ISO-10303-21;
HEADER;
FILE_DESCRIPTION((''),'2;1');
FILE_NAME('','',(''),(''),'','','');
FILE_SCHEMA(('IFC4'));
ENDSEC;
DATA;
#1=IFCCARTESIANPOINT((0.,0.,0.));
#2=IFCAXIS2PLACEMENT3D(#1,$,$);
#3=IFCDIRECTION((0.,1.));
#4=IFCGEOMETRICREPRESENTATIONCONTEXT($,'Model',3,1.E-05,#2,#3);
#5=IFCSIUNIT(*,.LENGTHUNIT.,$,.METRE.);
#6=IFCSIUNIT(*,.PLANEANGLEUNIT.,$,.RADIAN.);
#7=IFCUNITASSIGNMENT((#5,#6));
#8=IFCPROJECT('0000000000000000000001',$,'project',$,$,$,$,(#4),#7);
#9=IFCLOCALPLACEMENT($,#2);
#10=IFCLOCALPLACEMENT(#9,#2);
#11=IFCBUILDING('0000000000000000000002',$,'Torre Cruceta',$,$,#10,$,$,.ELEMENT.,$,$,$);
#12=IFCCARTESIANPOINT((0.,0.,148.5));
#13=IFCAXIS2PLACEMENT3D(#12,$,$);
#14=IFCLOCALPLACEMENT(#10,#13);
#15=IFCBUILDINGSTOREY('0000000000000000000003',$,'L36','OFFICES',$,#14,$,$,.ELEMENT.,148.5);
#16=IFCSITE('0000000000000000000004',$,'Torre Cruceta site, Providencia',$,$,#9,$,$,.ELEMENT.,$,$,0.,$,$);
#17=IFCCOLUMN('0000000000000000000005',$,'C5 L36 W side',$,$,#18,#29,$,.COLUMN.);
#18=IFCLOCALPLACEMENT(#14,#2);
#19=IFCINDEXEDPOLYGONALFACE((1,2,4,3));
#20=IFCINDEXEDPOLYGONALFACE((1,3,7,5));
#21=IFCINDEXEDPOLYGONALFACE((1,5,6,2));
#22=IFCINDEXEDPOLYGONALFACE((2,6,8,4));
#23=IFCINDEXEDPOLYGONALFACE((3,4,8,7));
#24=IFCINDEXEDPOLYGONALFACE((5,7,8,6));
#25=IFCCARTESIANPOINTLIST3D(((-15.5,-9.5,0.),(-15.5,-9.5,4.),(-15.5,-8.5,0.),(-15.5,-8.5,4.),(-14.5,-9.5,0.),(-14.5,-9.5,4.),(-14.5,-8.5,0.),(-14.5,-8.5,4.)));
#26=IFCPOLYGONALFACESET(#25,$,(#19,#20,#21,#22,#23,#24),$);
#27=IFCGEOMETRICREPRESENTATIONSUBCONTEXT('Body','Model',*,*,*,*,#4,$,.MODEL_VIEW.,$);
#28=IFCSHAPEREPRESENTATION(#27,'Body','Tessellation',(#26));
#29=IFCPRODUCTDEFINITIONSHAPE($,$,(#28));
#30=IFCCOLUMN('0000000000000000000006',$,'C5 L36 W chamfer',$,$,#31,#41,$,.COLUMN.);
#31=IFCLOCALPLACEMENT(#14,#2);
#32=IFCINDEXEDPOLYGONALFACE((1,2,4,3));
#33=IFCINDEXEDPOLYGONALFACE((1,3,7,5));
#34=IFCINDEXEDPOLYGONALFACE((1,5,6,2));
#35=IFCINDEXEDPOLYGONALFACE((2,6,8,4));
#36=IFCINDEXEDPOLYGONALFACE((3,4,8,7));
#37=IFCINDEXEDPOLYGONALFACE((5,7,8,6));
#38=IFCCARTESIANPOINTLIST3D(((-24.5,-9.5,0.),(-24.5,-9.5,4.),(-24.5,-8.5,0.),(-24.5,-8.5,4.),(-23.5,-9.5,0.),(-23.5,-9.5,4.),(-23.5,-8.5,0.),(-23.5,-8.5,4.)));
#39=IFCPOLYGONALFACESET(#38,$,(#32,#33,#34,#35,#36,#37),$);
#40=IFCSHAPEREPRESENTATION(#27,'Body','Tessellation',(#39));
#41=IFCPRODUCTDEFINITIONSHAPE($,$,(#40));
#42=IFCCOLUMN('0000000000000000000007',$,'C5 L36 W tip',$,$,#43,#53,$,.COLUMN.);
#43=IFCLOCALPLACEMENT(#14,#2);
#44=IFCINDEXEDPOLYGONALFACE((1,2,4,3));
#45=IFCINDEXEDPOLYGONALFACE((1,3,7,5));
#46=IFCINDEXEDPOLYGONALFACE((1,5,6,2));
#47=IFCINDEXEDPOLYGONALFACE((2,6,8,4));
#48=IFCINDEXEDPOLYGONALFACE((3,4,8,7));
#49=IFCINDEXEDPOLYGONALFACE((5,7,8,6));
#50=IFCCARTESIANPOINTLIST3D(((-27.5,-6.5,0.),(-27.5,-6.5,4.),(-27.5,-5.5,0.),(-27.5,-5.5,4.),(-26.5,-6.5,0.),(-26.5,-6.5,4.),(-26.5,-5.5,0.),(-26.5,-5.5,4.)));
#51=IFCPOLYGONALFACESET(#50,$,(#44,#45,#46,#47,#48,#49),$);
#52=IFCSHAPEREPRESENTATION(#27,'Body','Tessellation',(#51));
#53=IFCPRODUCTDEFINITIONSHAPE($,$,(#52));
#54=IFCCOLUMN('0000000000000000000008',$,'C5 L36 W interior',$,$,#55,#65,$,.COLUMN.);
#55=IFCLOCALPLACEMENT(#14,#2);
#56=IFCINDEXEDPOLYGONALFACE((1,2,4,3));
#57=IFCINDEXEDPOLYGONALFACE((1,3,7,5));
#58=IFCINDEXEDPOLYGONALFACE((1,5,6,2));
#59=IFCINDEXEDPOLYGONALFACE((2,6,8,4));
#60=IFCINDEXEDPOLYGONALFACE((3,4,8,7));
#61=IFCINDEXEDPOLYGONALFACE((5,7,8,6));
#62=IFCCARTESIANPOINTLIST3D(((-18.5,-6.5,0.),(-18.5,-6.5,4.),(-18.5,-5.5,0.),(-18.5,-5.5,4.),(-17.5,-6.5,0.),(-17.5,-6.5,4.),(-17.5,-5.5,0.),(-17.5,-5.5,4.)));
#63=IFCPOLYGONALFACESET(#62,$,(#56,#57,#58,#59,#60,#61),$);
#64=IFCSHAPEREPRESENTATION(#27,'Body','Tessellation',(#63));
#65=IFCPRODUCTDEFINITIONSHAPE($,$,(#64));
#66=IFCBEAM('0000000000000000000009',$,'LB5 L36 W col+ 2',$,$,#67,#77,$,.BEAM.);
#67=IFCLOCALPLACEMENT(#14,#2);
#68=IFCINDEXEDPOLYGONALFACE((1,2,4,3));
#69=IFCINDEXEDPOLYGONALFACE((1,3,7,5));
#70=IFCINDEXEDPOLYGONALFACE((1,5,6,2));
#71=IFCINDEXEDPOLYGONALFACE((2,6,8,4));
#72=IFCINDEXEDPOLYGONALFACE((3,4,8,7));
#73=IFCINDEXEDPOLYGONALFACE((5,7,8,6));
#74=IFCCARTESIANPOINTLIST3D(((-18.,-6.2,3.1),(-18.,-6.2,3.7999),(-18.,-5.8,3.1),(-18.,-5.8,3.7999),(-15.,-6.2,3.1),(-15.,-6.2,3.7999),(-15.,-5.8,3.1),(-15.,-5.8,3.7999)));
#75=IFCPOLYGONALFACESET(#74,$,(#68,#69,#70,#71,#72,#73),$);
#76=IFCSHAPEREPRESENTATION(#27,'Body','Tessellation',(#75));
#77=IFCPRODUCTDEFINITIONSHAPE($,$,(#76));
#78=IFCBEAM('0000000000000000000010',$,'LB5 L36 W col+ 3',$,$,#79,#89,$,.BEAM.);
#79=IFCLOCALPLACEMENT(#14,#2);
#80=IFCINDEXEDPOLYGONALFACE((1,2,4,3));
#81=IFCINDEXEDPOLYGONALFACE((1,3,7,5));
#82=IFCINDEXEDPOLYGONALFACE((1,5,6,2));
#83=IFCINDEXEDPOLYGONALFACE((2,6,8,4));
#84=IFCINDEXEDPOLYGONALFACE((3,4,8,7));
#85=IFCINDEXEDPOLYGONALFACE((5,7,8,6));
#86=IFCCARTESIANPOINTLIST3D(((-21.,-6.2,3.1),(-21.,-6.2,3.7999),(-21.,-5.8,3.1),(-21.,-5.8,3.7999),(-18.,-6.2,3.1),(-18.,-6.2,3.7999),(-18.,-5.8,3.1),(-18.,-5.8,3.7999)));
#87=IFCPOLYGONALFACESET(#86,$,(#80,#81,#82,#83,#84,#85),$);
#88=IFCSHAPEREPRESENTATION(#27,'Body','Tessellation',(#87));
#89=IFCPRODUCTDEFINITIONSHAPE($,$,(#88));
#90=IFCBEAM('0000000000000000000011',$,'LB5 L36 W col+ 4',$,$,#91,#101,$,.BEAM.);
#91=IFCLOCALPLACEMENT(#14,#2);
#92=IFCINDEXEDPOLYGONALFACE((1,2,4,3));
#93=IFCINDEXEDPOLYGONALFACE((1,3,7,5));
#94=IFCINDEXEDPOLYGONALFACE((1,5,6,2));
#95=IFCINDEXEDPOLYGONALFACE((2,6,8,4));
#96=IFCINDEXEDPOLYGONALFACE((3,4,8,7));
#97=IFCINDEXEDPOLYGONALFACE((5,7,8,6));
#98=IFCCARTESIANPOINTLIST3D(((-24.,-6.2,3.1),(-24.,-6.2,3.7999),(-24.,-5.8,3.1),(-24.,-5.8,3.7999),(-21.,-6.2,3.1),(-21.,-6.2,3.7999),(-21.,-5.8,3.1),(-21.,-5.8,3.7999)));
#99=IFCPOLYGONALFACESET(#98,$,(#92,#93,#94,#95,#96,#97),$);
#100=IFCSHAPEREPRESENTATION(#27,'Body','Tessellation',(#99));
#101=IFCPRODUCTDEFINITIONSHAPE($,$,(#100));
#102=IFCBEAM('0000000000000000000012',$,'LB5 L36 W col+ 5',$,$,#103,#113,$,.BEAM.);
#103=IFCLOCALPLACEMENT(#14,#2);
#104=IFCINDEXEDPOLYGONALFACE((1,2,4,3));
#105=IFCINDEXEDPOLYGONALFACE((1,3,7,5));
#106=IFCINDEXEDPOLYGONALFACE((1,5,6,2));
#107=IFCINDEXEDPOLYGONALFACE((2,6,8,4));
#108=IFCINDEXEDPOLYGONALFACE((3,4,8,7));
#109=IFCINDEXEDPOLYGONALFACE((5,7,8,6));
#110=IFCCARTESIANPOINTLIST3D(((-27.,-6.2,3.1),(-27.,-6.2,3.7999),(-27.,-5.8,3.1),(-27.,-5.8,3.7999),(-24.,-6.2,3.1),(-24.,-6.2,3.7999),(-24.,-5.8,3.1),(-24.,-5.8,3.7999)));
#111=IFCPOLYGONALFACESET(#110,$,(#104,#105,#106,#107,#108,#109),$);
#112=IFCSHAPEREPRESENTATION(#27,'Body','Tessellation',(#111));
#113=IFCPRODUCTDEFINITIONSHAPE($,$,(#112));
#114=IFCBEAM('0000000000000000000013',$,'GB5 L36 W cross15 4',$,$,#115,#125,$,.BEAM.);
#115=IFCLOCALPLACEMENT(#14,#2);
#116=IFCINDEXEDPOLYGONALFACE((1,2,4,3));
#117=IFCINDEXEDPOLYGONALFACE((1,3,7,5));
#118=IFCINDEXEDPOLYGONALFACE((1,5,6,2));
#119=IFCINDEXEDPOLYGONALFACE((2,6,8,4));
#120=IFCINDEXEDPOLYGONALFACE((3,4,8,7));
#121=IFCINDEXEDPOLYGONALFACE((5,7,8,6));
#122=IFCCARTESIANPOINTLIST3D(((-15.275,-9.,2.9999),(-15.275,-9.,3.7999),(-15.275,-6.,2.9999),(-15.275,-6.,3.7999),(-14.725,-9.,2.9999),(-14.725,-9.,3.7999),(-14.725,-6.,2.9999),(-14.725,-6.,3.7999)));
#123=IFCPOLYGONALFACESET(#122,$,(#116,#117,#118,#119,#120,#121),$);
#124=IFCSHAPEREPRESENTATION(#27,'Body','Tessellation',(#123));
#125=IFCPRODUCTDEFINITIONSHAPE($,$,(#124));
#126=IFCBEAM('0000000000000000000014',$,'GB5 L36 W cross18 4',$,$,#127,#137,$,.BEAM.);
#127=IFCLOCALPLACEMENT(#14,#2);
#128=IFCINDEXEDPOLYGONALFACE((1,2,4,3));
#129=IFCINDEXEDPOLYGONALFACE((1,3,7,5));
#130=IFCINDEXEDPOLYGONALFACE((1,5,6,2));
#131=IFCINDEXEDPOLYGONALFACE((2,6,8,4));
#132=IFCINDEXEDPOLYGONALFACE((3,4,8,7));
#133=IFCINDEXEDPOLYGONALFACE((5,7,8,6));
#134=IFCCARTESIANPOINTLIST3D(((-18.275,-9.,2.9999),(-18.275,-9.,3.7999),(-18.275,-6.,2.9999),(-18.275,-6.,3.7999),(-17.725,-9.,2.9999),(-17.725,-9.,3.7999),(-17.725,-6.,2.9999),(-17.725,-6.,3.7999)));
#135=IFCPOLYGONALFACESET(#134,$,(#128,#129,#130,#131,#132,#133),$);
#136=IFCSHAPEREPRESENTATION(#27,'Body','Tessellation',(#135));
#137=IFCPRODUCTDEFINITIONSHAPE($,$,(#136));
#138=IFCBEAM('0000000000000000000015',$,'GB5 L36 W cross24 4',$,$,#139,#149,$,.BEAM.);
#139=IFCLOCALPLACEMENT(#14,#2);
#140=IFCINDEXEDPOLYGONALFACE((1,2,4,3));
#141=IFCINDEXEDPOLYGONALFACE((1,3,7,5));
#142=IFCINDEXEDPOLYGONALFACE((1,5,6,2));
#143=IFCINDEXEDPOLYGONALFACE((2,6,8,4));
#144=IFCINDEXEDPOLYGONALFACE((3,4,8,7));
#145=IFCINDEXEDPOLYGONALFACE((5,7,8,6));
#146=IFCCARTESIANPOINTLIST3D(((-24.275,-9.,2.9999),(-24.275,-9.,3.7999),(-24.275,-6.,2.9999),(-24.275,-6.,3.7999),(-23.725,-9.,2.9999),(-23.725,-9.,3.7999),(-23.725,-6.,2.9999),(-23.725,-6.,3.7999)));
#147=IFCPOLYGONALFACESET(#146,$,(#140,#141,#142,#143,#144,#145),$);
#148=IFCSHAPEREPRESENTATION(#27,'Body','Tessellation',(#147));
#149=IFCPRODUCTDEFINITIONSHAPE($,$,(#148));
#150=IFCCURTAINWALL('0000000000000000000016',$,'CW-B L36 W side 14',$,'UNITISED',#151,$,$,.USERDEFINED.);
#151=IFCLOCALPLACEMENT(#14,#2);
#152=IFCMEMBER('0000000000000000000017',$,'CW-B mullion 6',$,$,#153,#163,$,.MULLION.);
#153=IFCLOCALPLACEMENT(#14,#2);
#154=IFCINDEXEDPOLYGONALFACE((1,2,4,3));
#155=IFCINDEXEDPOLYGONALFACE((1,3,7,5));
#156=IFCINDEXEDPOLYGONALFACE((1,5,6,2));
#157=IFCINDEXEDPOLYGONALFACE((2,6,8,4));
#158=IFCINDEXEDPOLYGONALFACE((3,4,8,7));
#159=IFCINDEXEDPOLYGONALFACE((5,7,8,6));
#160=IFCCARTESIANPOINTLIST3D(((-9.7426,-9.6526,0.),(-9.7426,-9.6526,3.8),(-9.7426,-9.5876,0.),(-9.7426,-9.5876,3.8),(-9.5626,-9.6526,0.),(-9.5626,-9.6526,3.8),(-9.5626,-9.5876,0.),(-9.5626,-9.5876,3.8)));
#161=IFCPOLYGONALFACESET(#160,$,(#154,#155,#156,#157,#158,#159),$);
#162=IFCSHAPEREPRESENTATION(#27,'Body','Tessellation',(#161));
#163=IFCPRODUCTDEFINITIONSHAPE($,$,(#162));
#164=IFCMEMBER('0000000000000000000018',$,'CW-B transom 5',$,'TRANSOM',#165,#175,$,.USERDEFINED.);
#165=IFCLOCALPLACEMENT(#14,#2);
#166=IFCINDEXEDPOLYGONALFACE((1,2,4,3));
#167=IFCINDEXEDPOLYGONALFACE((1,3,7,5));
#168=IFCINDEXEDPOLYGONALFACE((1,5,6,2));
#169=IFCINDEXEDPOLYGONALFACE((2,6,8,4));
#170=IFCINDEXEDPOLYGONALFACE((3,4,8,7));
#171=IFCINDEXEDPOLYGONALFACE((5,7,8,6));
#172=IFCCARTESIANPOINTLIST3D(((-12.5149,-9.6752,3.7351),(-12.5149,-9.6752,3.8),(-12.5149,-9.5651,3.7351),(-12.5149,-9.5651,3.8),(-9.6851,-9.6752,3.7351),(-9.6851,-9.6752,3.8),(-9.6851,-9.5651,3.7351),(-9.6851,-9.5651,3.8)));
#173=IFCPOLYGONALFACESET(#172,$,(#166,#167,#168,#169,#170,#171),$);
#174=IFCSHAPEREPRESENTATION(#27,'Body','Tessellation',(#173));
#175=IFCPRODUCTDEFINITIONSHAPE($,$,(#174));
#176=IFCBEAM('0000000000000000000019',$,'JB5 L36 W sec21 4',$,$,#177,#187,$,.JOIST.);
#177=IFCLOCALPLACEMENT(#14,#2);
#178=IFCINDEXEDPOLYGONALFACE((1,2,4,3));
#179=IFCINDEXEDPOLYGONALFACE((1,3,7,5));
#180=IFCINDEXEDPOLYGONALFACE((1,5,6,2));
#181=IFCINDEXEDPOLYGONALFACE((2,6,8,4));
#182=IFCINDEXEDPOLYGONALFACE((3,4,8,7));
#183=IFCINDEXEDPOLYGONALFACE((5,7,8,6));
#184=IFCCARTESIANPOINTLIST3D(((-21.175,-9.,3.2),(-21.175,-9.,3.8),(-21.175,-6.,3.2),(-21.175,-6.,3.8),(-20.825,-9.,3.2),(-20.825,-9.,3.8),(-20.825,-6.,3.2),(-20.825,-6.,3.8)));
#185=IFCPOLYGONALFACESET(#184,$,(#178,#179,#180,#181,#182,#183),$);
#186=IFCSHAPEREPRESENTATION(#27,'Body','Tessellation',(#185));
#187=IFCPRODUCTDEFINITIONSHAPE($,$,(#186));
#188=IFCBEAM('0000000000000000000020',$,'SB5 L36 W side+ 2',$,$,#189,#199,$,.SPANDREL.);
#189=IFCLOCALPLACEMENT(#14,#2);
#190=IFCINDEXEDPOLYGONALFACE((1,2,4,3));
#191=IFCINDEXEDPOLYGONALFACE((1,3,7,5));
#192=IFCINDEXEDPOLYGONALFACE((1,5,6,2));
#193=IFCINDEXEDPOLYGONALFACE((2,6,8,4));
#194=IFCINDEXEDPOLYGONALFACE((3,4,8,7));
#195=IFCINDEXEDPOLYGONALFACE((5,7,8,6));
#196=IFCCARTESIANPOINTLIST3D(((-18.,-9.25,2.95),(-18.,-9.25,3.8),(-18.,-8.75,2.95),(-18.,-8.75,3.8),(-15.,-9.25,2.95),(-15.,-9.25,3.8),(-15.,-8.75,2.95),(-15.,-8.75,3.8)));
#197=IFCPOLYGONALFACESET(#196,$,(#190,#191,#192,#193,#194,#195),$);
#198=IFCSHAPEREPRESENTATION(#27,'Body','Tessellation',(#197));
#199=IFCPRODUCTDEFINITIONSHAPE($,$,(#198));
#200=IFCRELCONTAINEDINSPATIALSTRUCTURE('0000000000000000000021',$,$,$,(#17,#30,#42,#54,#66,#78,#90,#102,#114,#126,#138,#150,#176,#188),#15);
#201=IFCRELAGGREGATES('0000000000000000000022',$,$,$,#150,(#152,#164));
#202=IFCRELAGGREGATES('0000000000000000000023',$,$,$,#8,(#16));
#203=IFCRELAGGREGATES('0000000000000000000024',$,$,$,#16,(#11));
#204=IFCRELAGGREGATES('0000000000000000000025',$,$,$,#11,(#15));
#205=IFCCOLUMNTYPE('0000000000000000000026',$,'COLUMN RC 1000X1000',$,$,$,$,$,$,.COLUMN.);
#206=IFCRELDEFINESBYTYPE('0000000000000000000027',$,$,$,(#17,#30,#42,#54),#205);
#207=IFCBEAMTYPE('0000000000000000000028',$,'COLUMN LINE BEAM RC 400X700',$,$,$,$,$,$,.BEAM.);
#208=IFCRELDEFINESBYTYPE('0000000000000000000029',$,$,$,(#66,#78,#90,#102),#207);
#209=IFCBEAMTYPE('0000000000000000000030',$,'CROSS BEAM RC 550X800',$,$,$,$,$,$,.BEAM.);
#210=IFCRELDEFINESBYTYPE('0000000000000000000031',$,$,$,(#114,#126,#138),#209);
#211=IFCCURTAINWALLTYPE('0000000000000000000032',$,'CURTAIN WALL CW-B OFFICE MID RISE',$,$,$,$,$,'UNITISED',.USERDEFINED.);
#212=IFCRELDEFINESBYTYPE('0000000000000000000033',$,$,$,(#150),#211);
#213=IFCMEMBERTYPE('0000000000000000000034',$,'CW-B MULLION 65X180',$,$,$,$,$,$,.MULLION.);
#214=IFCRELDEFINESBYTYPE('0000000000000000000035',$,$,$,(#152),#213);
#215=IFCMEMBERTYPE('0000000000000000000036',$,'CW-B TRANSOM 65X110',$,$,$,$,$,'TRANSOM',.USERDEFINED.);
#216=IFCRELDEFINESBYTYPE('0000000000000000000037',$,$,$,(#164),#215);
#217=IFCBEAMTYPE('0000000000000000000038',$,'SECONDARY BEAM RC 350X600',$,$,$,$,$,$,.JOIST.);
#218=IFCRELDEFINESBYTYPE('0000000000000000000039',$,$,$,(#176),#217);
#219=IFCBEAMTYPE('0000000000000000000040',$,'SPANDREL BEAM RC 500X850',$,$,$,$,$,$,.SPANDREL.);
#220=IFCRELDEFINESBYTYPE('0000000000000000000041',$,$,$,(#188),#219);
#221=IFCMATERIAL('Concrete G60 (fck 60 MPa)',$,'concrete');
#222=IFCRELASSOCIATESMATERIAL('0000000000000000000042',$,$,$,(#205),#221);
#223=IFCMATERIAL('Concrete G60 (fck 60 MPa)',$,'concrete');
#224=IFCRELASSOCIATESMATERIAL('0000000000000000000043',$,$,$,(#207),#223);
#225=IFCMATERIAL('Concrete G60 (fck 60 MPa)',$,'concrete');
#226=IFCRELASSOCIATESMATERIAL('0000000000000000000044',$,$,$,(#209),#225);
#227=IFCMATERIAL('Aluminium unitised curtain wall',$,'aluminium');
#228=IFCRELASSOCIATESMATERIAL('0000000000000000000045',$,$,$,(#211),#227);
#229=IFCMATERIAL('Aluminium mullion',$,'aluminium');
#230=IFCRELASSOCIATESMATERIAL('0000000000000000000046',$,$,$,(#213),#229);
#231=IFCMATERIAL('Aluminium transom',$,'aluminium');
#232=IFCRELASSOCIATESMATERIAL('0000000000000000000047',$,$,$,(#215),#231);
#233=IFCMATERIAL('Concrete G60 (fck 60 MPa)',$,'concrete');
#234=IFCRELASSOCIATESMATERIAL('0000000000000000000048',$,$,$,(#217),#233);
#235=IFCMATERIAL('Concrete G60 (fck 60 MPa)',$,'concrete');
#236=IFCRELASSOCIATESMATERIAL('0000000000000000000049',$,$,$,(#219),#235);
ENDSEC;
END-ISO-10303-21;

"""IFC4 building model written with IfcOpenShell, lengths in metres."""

from ifc_helpers import new_model, si_unit, direction, frame, origin, origin_2d, place, context, subcontext, project, spatial, rectangle, extrude, material, material_profile, profile_set, type_object, element, aggregate, save


model = new_model("IFC4")

# Units and contexts
model_context = context("Model", 3, precision=1e-05, world=origin(), true_north=direction((0.0, 1.0)))
body_context = subcontext(model_context, "Body", "Model", "MODEL_VIEW")
ifc_project = project(units=[si_unit("LENGTHUNIT", "METRE"), si_unit("PLANEANGLEUNIT", "RADIAN")], contexts=[model_context])

# Site, building, storey
site_placement = place(None, origin())
site = spatial("IfcSite", under=ifc_project, at=site_placement, Name="Torre Cruceta site, Providencia", CompositionType="ELEMENT", RefElevation=0.0)
building_placement = place(site_placement, origin())
building = spatial("IfcBuilding", under=site, at=building_placement, Name="Torre Cruceta", CompositionType="ELEMENT")
storey_placement = place(building_placement, frame((0.0, 0.0, 148.5)))
storey = spatial("IfcBuildingStorey", under=building, at=storey_placement, Name="L36", Description="OFFICES", CompositionType="ELEMENT", Elevation=148.5)

# Columns
ifc_material_1 = material(Name="Concrete G60 (fck 60 MPa)", Category="concrete")
ifc_material_profile_1 = material_profile(ifc_material_1, rectangle(XDim=1.0, YDim=1.0, at=origin_2d()), Name="RC 1000X1000")
ifc_profile_set_1 = profile_set([ifc_material_profile_1], Name="Concrete G60 (fck 60 MPa)")
column_type = type_object("IfcColumnType", Name="COLUMN RC 1000X1000", PredefinedType="COLUMN", material=ifc_profile_set_1)
for number, where, z_axis, x_axis, name in (
    (1, (-15.0, -9.0, 0.0), (0.0, 0.0, 1.0), (1.0, 0.0, 0.0), "C5 L36 W side"),
    (2, (-24.0, -9.0, 0.0), (0.0, 0.0, 1.0), (1.0, 0.0, 0.0), "C5 L36 W chamfer"),
    (3, (-27.0, -6.0, 0.0), (0.0, 0.0, 1.0), (1.0, 0.0, 0.0), "C5 L36 W tip"),
    (4, (-18.0, -6.0, 0.0), (0.0, 0.0, 1.0), (1.0, 0.0, 0.0), "C5 L36 W interior"),
):
    element("IfcColumn", number, at=place(storey_placement, frame(where, z_axis=z_axis, x_axis=x_axis)), inside=storey, type_object=column_type, Name=name, PredefinedType="COLUMN", context=body_context, shape_type="SweptSolid", body=[
        extrude(rectangle(XDim=1.0, YDim=1.0, at=origin_2d()), origin(), (0.0, 0.0, 1.0), 4.0),
    ])

# Beams
ifc_material_2 = material(Name="Concrete G60 (fck 60 MPa)", Category="concrete")
ifc_material_profile_2 = material_profile(ifc_material_2, rectangle(XDim=0.3999, YDim=0.7, at=origin_2d()), Name="RC 400X700")
ifc_profile_set_2 = profile_set([ifc_material_profile_2], Name="Concrete G60 (fck 60 MPa)")
beam_type_1 = type_object("IfcBeamType", Name="COLUMN LINE BEAM RC 400X700", PredefinedType="BEAM", material=ifc_profile_set_2)
for number, where, z_axis, x_axis, name in (
    (5, (-15.0, -6.0, 3.45), (-1.0, 0.0, 0.0), (0.0, -1.0, 0.0), "LB5 L36 W col+ 2"),
    (6, (-18.0, -6.0, 3.45), (-1.0, 0.0, 0.0), (0.0, -1.0, 0.0), "LB5 L36 W col+ 3"),
    (7, (-21.0, -6.0, 3.45), (-1.0, 0.0, 0.0), (0.0, -1.0, 0.0), "LB5 L36 W col+ 4"),
    (8, (-24.0, -6.0, 3.45), (-1.0, 0.0, 0.0), (0.0, -1.0, 0.0), "LB5 L36 W col+ 5"),
):
    element("IfcBeam", number, at=place(storey_placement, frame(where, z_axis=z_axis, x_axis=x_axis)), inside=storey, type_object=beam_type_1, Name=name, PredefinedType="BEAM", context=body_context, shape_type="SweptSolid", body=[
        extrude(rectangle(XDim=0.3999, YDim=0.7, at=origin_2d()), origin(), (0.0, 0.0, 1.0), 3.0),
    ])
ifc_material_3 = material(Name="Concrete G60 (fck 60 MPa)", Category="concrete")
ifc_material_profile_3 = material_profile(ifc_material_3, rectangle(XDim=0.55, YDim=0.8, at=origin_2d()), Name="RC 550X800")
ifc_profile_set_3 = profile_set([ifc_material_profile_3], Name="Concrete G60 (fck 60 MPa)")
beam_type_2 = type_object("IfcBeamType", Name="CROSS BEAM RC 550X800", PredefinedType="BEAM", material=ifc_profile_set_3)
for number, where, z_axis, x_axis, name in (
    (9, (-15.0, -6.0, 3.3999), (0.0, -1.0, 0.0), (1.0, 0.0, 0.0), "GB5 L36 W cross15 4"),
    (10, (-18.0, -6.0, 3.3999), (0.0, -1.0, 0.0), (1.0, 0.0, 0.0), "GB5 L36 W cross18 4"),
    (11, (-24.0, -6.0, 3.3999), (0.0, -1.0, 0.0), (1.0, 0.0, 0.0), "GB5 L36 W cross24 4"),
):
    element("IfcBeam", number, at=place(storey_placement, frame(where, z_axis=z_axis, x_axis=x_axis)), inside=storey, type_object=beam_type_2, Name=name, PredefinedType="BEAM", context=body_context, shape_type="SweptSolid", body=[
        extrude(rectangle(XDim=0.55, YDim=0.8, at=origin_2d()), origin(), (0.0, 0.0, 1.0), 3.0),
    ])

# Curtain wall, members
ifc_material_4 = material(Name="Aluminium unitised curtain wall", Category="aluminium")
curtain_wall_type = type_object("IfcCurtainWallType", Name="CURTAIN WALL CW-B OFFICE MID RISE", ElementType="UNITISED", PredefinedType="USERDEFINED", material=ifc_material_4)
curtain_wall_placement = place(storey_placement, origin())
curtain_wall = element("IfcCurtainWall", 12, at=curtain_wall_placement, inside=storey, type_object=curtain_wall_type, Name="CW-B L36 W side 14", ObjectType="UNITISED", PredefinedType="USERDEFINED")
ifc_material_5 = material(Name="Aluminium mullion", Category="aluminium")
ifc_material_profile_4 = material_profile(ifc_material_5, rectangle(XDim=0.0649, YDim=0.1799, at=origin_2d()), Name="AL 65X180")
ifc_profile_set_4 = profile_set([ifc_material_profile_4], Name="Aluminium mullion")
member_type_1 = type_object("IfcMemberType", Name="CW-B MULLION 65X180", PredefinedType="MULLION", material=ifc_profile_set_4)
member_1_placement = place(storey_placement, frame((-9.6526, -9.6201, 0.0), z_axis=(0.0, 0.0, 1.0), x_axis=(0.0, 1.0, 0.0)))
member_1 = element("IfcMember", 13, at=member_1_placement, type_object=member_type_1, Name="CW-B mullion 6", PredefinedType="MULLION", context=body_context, shape_type="SweptSolid", body=[
    extrude(rectangle(XDim=0.0649, YDim=0.1799, at=origin_2d()), origin(), (0.0, 0.0, 1.0), 3.8),
])
ifc_material_6 = material(Name="Aluminium transom", Category="aluminium")
ifc_material_profile_5 = material_profile(ifc_material_6, rectangle(XDim=0.1101, YDim=0.0649, at=origin_2d()), Name="AL 110X65")
ifc_profile_set_5 = profile_set([ifc_material_profile_5], Name="Aluminium transom")
member_type_2 = type_object("IfcMemberType", Name="CW-B TRANSOM 65X110", ElementType="TRANSOM", PredefinedType="USERDEFINED", material=ifc_profile_set_5)
member_2_placement = place(storey_placement, frame((-12.5149, -9.6201, 3.7676), z_axis=(1.0, 0.0, 0.0), x_axis=(0.0, 1.0, 0.0)))
member_2 = element("IfcMember", 14, at=member_2_placement, type_object=member_type_2, Name="CW-B transom 5", ObjectType="TRANSOM", PredefinedType="USERDEFINED", context=body_context, shape_type="SweptSolid", body=[
    extrude(rectangle(XDim=0.1101, YDim=0.0649, at=origin_2d()), origin(), (0.0, 0.0, 1.0), 2.8298),
])

# Beams
ifc_material_7 = material(Name="Concrete G60 (fck 60 MPa)", Category="concrete")
ifc_material_profile_6 = material_profile(ifc_material_7, rectangle(XDim=0.3501, YDim=0.6001, at=origin_2d()), Name="RC 350X600")
ifc_profile_set_6 = profile_set([ifc_material_profile_6], Name="Concrete G60 (fck 60 MPa)")
beam_type_3 = type_object("IfcBeamType", Name="SECONDARY BEAM RC 350X600", PredefinedType="JOIST", material=ifc_profile_set_6)
beam_1_placement = place(storey_placement, frame((-21.0, -6.0, 3.5), z_axis=(0.0, -1.0, 0.0), x_axis=(1.0, 0.0, 0.0)))
element("IfcBeam", 15, at=beam_1_placement, inside=storey, type_object=beam_type_3, Name="JB5 L36 W sec21 4", PredefinedType="JOIST", context=body_context, shape_type="SweptSolid", body=[
    extrude(rectangle(XDim=0.3501, YDim=0.6001, at=origin_2d()), origin(), (0.0, 0.0, 1.0), 3.0),
])
ifc_material_8 = material(Name="Concrete G60 (fck 60 MPa)", Category="concrete")
ifc_material_profile_7 = material_profile(ifc_material_8, rectangle(XDim=0.5, YDim=0.8501, at=origin_2d()), Name="RC 500X850")
ifc_profile_set_7 = profile_set([ifc_material_profile_7], Name="Concrete G60 (fck 60 MPa)")
beam_type_4 = type_object("IfcBeamType", Name="SPANDREL BEAM RC 500X850", PredefinedType="SPANDREL", material=ifc_profile_set_7)
for number, where, z_axis, x_axis, name in (
    (16, (-15.0, -9.0, 3.375), (-1.0, 0.0, 0.0), (0.0, -1.0, 0.0), "SB5 L36 W side+ 2"),
):
    element("IfcBeam", number, at=place(storey_placement, frame(where, z_axis=z_axis, x_axis=x_axis)), inside=storey, type_object=beam_type_4, Name=name, PredefinedType="SPANDREL", context=body_context, shape_type="SweptSolid", body=[
        extrude(rectangle(XDim=0.5, YDim=0.8501, at=origin_2d()), origin(), (0.0, 0.0, 1.0), 3.0),
    ])

aggregate(curtain_wall, [member_1, member_2])

save(model, "model.ifc")
